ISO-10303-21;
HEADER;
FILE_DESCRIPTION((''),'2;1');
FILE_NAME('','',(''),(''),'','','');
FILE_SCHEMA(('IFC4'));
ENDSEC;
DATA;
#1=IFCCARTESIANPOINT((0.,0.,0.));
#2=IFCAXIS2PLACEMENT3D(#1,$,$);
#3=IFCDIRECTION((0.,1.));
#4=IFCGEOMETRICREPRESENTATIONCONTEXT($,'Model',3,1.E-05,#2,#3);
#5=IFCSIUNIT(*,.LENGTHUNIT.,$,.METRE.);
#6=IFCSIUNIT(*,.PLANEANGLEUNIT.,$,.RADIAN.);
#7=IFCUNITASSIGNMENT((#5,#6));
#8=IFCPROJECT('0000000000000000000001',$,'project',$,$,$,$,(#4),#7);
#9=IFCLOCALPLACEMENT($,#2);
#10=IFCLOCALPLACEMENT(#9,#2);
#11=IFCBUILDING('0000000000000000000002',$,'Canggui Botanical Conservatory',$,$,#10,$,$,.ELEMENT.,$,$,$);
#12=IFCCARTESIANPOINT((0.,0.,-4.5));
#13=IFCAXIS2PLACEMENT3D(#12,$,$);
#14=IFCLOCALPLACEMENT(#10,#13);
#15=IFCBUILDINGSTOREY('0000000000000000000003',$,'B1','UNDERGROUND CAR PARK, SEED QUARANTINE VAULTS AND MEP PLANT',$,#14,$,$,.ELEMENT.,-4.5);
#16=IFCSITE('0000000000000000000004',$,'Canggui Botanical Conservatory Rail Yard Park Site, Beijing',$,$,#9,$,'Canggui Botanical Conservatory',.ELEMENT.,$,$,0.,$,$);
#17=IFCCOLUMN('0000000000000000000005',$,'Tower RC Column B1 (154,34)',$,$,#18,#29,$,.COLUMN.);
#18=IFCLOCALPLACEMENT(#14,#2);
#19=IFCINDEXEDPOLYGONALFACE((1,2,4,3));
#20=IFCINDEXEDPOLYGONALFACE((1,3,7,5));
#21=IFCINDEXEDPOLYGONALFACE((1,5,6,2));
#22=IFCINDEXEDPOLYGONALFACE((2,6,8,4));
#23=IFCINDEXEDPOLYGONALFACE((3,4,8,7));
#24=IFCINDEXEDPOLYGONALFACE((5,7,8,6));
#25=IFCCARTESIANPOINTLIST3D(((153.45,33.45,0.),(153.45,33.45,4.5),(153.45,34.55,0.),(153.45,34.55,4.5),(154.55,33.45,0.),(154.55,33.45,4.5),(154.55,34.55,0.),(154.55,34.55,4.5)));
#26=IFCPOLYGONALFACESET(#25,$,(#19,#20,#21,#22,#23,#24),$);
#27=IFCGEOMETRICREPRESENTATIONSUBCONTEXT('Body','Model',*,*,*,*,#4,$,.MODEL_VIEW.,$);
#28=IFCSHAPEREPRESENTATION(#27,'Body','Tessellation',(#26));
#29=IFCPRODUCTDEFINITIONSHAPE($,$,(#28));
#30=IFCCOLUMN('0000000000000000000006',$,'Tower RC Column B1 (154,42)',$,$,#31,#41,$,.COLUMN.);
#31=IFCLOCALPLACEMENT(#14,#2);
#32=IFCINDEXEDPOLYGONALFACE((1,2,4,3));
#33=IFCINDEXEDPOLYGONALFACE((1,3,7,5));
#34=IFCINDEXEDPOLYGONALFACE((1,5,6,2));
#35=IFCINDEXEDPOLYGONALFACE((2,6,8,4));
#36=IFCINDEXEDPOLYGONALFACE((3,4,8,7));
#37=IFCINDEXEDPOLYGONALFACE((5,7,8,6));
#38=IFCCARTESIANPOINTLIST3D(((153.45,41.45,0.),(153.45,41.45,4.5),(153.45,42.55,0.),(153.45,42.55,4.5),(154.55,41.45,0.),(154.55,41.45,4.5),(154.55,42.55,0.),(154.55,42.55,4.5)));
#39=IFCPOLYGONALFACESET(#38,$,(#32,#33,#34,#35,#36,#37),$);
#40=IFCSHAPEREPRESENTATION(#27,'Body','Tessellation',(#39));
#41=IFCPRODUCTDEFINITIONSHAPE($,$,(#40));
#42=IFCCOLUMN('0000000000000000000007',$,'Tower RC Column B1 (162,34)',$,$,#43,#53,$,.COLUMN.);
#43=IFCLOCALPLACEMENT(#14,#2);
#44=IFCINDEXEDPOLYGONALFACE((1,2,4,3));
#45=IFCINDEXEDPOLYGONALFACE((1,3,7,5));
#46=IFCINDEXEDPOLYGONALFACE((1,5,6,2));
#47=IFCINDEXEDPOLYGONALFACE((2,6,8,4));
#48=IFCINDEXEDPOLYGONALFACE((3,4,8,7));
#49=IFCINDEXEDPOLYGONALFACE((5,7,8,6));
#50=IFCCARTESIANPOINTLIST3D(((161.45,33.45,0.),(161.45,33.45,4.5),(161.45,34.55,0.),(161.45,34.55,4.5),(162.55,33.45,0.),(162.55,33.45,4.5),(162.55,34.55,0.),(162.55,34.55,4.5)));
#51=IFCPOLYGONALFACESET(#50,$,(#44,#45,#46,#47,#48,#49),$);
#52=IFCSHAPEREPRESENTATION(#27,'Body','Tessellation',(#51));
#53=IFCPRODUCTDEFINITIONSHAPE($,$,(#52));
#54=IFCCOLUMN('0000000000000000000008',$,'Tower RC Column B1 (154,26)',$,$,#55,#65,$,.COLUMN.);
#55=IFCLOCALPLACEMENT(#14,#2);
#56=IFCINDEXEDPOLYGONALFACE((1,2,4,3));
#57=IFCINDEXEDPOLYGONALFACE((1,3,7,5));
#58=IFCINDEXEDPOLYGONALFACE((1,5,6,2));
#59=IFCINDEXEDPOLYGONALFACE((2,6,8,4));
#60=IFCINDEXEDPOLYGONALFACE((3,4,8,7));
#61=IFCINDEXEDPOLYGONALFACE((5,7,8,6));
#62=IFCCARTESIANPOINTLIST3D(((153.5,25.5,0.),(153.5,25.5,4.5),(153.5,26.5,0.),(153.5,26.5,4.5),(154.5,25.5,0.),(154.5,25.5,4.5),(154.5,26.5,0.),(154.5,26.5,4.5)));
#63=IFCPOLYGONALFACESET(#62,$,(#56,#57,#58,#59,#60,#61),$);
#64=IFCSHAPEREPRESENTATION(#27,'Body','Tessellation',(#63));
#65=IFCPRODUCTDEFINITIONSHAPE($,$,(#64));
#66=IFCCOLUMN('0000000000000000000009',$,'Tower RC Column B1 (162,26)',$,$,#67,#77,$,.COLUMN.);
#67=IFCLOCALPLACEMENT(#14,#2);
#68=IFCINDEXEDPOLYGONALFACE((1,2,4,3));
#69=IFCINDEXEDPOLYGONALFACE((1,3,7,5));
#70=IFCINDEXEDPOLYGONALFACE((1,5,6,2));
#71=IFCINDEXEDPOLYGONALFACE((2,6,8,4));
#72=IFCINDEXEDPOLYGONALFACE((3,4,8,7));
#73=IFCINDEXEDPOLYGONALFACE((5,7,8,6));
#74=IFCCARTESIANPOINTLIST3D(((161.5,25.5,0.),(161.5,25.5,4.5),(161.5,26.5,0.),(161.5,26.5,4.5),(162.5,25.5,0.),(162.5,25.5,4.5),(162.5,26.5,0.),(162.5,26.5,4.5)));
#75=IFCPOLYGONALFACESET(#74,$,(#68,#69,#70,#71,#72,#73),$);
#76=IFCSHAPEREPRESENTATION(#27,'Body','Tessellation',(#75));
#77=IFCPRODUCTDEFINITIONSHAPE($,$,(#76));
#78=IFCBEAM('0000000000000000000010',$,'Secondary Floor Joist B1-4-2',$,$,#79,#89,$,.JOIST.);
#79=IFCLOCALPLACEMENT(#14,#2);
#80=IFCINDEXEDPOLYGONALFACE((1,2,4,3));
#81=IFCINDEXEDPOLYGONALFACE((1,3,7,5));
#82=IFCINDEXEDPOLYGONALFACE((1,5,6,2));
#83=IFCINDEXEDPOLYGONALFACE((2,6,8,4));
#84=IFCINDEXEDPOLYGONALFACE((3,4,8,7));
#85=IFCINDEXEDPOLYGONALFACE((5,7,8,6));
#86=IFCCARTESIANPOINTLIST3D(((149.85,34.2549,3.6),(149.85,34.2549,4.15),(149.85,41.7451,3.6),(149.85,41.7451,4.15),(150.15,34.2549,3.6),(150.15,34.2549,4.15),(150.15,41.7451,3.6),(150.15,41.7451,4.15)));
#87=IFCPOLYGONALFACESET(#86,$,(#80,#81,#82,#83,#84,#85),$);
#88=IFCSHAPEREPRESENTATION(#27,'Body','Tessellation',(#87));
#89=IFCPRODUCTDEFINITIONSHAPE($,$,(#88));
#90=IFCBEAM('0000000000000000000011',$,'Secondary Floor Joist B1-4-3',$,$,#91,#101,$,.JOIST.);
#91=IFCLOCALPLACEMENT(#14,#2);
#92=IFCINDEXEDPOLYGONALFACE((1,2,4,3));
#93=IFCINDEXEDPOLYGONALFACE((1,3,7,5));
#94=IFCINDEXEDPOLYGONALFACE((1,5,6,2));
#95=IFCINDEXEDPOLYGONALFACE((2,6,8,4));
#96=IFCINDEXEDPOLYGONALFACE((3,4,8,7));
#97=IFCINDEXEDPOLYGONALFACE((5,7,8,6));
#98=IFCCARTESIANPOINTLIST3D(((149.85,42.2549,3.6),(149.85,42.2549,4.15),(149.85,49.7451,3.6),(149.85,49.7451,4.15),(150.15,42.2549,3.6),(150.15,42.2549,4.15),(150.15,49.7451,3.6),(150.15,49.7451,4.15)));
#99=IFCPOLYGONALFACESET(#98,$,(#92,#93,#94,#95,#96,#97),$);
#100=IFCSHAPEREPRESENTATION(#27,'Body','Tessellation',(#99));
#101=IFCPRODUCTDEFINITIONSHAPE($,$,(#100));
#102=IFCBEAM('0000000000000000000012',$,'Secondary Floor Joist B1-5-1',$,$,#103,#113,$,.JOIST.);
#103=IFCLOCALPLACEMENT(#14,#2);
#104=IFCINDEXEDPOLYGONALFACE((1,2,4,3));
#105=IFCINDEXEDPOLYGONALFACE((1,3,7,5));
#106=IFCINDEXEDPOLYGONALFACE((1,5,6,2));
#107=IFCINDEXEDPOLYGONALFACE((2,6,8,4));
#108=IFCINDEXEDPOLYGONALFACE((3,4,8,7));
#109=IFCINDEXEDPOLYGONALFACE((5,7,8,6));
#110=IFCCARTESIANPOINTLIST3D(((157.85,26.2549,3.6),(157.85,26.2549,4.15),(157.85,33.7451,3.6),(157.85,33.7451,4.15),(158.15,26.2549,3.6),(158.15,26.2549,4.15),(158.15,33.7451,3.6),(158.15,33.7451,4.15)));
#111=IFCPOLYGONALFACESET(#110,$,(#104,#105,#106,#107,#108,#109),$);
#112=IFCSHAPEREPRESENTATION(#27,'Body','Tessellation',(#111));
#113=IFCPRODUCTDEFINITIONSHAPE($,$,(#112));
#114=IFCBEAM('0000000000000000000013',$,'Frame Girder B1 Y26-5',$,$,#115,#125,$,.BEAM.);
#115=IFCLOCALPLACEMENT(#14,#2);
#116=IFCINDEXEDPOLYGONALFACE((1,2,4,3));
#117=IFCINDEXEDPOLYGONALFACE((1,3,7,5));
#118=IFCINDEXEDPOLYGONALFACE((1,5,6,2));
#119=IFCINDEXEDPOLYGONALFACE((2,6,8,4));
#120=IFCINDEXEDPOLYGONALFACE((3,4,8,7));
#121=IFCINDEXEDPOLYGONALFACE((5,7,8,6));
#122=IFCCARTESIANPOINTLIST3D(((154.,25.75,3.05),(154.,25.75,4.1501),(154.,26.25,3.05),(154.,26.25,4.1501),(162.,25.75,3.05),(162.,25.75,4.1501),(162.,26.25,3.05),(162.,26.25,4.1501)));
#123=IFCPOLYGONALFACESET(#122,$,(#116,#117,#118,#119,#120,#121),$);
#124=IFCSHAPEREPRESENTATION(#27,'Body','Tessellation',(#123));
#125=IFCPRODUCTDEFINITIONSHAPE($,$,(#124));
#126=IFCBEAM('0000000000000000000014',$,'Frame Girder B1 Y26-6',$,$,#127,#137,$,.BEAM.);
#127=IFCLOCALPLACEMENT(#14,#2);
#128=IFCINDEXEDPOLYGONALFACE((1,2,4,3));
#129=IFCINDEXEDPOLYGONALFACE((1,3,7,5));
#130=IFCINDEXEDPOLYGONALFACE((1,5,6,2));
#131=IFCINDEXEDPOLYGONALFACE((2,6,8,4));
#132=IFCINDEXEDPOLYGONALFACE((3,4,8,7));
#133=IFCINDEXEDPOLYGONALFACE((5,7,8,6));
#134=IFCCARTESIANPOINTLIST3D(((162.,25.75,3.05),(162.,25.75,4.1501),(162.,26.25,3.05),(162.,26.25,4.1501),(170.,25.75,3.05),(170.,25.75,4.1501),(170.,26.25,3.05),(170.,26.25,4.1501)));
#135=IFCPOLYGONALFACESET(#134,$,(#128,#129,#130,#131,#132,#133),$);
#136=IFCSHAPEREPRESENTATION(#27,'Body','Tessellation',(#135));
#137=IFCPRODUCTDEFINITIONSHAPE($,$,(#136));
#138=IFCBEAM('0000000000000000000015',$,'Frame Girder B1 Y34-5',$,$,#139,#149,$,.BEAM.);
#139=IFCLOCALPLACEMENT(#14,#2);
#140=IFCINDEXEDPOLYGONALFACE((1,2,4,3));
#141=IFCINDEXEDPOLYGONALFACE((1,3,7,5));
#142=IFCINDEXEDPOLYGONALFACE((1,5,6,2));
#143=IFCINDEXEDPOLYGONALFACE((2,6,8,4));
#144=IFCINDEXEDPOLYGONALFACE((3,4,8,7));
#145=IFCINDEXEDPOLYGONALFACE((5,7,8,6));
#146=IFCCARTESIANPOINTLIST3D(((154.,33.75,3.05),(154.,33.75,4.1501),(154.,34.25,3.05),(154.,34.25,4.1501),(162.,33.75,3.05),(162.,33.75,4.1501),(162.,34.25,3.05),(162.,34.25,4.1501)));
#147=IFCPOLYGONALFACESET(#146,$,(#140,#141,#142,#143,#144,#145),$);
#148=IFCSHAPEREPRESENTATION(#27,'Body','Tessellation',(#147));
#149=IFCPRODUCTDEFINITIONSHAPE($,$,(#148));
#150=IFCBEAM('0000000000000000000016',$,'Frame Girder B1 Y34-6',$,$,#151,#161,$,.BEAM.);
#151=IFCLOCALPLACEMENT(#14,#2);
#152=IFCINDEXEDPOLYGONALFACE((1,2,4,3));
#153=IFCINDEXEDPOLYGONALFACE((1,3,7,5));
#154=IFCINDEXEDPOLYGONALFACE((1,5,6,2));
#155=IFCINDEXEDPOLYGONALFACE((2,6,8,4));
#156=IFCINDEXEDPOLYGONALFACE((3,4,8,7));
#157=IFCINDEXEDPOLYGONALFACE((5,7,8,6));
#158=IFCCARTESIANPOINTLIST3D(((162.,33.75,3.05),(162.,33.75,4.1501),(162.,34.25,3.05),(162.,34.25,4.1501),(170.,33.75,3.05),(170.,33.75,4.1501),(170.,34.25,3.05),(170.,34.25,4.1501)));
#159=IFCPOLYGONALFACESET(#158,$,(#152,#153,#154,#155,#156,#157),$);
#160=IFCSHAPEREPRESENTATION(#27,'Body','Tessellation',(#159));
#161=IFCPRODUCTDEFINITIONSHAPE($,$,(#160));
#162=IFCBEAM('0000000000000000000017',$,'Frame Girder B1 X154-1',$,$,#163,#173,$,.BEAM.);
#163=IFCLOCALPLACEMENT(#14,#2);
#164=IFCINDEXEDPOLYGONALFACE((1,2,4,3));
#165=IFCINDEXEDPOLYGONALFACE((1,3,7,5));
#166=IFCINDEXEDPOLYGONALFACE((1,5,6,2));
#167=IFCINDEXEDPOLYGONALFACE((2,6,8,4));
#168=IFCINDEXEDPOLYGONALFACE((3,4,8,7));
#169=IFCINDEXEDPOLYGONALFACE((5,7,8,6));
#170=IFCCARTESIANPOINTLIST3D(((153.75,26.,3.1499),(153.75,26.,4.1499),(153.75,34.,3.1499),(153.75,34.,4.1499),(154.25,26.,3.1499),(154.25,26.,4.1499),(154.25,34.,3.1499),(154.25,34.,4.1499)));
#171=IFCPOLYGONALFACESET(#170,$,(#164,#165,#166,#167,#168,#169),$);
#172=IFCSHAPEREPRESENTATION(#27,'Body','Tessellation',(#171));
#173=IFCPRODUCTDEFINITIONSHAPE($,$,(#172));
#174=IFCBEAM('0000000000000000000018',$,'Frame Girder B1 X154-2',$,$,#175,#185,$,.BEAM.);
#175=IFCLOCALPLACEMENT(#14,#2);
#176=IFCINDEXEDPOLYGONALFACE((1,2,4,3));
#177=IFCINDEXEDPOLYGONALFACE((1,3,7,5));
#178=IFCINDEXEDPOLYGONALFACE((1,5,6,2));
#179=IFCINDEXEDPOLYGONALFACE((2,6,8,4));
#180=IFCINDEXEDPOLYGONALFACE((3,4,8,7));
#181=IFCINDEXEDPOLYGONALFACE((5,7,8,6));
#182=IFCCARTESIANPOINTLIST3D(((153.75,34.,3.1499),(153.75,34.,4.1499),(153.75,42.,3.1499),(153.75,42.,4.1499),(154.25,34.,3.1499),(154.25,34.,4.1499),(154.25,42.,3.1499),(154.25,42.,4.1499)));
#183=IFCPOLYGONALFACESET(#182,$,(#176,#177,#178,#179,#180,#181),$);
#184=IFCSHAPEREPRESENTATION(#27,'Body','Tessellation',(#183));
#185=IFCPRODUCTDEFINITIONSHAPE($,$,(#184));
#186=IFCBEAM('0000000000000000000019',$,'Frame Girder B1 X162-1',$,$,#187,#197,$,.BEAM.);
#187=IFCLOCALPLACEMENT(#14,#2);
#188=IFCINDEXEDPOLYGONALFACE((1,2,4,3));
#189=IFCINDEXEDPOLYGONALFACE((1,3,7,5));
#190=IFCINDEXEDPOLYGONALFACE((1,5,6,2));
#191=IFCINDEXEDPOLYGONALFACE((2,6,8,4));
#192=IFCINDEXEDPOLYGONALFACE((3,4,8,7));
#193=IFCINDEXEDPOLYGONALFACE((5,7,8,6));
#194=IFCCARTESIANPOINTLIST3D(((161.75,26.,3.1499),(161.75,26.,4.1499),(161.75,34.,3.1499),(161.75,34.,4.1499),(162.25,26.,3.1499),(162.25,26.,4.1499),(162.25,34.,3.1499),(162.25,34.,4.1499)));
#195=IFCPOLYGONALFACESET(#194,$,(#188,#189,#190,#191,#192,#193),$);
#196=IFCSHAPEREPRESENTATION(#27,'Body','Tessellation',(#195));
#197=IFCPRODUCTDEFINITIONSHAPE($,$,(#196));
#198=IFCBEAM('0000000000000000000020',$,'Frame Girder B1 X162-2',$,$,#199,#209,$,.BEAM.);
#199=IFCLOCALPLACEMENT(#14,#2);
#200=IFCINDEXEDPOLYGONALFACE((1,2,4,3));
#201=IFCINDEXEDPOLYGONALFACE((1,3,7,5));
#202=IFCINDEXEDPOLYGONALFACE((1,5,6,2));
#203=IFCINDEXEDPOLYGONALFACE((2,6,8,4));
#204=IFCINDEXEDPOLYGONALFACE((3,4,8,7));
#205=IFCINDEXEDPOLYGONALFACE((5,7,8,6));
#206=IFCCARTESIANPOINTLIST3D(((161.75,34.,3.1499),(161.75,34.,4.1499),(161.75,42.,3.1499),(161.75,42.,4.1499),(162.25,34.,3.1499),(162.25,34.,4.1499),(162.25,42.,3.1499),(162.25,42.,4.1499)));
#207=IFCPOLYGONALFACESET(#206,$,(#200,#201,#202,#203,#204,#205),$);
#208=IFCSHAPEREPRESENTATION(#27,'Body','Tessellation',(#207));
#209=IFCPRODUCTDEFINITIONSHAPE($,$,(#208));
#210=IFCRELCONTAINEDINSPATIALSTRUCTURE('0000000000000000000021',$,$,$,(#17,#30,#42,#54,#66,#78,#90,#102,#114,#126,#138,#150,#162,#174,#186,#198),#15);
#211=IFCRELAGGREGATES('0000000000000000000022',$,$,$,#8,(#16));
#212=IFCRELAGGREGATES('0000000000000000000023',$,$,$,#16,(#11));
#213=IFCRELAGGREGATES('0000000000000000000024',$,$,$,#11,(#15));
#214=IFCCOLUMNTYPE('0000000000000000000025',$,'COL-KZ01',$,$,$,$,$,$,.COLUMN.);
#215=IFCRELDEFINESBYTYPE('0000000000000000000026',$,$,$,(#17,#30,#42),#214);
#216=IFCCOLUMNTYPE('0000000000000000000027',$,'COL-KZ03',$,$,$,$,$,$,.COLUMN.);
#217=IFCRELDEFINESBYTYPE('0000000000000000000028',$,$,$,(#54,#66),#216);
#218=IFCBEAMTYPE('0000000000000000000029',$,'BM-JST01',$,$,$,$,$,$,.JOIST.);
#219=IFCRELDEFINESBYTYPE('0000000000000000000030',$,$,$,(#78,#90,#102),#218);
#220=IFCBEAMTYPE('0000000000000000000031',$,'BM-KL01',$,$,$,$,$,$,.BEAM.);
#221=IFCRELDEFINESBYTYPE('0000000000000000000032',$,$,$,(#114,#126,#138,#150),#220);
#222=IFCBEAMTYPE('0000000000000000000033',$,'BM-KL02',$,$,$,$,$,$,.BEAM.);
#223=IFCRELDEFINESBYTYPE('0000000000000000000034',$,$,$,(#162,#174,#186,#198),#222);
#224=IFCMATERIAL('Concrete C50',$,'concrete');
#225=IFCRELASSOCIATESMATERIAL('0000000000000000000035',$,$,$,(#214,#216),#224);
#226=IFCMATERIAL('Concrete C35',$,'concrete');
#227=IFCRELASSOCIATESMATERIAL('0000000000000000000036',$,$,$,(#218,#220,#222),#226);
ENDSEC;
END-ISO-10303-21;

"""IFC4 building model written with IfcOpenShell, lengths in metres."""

from ifc_helpers import new_model, si_unit, direction, frame, origin, origin_2d, place, context, subcontext, project, spatial, rectangle, extrude, material, material_profile, profile_set, type_object, element, save


model = new_model("IFC4")

# Units and contexts
model_context = context("Model", 3, precision=1e-05, world=origin(), true_north=direction((0.0, 1.0)))
body_context = subcontext(model_context, "Body", "Model", "MODEL_VIEW")
ifc_project = project(units=[si_unit("LENGTHUNIT", "METRE"), si_unit("PLANEANGLEUNIT", "RADIAN")], contexts=[model_context])

# Site, building, storey
site_placement = place(None, origin())
site = spatial("IfcSite", under=ifc_project, at=site_placement, Name="Canggui Botanical Conservatory Rail Yard Park Site, Beijing", LongName="Canggui Botanical Conservatory", CompositionType="ELEMENT", RefElevation=0.0)
building_placement = place(site_placement, origin())
building = spatial("IfcBuilding", under=site, at=building_placement, Name="Canggui Botanical Conservatory", CompositionType="ELEMENT")
storey_placement = place(building_placement, frame((0.0, 0.0, -4.5)))
storey = spatial("IfcBuildingStorey", under=building, at=storey_placement, Name="B1", Description="UNDERGROUND CAR PARK, SEED QUARANTINE VAULTS AND MEP PLANT", CompositionType="ELEMENT", Elevation=-4.5)

# Columns
ifc_material_1 = material(Name="Concrete C50", Category="concrete")
ifc_material_profile_1 = material_profile(ifc_material_1, rectangle(XDim=1.1001, YDim=1.1001, at=origin_2d()), Name="RC 1100x1100")
ifc_profile_set_1 = profile_set([ifc_material_profile_1], Name="Concrete C50")
column_type_1 = type_object("IfcColumnType", Name="COL-KZ01", PredefinedType="COLUMN", material=ifc_profile_set_1)
for number, where, z_axis, x_axis, name in (
    (1, (154.0, 34.0, 0.0), (0.0, 0.0, 1.0), (1.0, 0.0, 0.0), "Tower RC Column B1 (154,34)"),
    (2, (154.0, 42.0, 0.0), (0.0, 0.0, 1.0), (1.0, 0.0, 0.0), "Tower RC Column B1 (154,42)"),
    (3, (162.0, 34.0, 0.0), (0.0, 0.0, 1.0), (1.0, 0.0, 0.0), "Tower RC Column B1 (162,34)"),
):
    element("IfcColumn", number, at=place(storey_placement, frame(where, z_axis=z_axis, x_axis=x_axis)), inside=storey, type_object=column_type_1, Name=name, PredefinedType="COLUMN", context=body_context, shape_type="SweptSolid", body=[
        extrude(rectangle(XDim=1.1001, YDim=1.1001, at=origin_2d()), origin(), (0.0, 0.0, 1.0), 4.5),
    ])
ifc_material_profile_2 = material_profile(ifc_material_1, rectangle(XDim=1.0, YDim=1.0, at=origin_2d()), Name="RC 1000x1000")
ifc_profile_set_2 = profile_set([ifc_material_profile_2], Name="Concrete C50")
column_type_2 = type_object("IfcColumnType", Name="COL-KZ03", PredefinedType="COLUMN", material=ifc_profile_set_2)
for number, where, z_axis, x_axis, name in (
    (4, (154.0, 26.0, 0.0), (0.0, 0.0, 1.0), (1.0, 0.0, 0.0), "Tower RC Column B1 (154,26)"),
    (5, (162.0, 26.0, 0.0), (0.0, 0.0, 1.0), (1.0, 0.0, 0.0), "Tower RC Column B1 (162,26)"),
):
    element("IfcColumn", number, at=place(storey_placement, frame(where, z_axis=z_axis, x_axis=x_axis)), inside=storey, type_object=column_type_2, Name=name, PredefinedType="COLUMN", context=body_context, shape_type="SweptSolid", body=[
        extrude(rectangle(XDim=1.0, YDim=1.0, at=origin_2d()), origin(), (0.0, 0.0, 1.0), 4.5),
    ])

# Beams
ifc_material_2 = material(Name="Concrete C35", Category="concrete")
ifc_material_profile_3 = material_profile(ifc_material_2, rectangle(XDim=0.3, YDim=0.55, at=origin_2d()), Name="RB 300x550")
ifc_profile_set_3 = profile_set([ifc_material_profile_3], Name="Concrete C35")
beam_type_1 = type_object("IfcBeamType", Name="BM-JST01", PredefinedType="JOIST", material=ifc_profile_set_3)
for number, where, z_axis, x_axis, name in (
    (6, (150.0, 34.2549, 3.875), (0.0, 1.0, 0.0), (-1.0, 0.0, 0.0), "Secondary Floor Joist B1-4-2"),
    (7, (150.0, 42.2549, 3.875), (0.0, 1.0, 0.0), (-1.0, 0.0, 0.0), "Secondary Floor Joist B1-4-3"),
    (8, (158.0, 26.2549, 3.875), (0.0, 1.0, 0.0), (-1.0, 0.0, 0.0), "Secondary Floor Joist B1-5-1"),
):
    element("IfcBeam", number, at=place(storey_placement, frame(where, z_axis=z_axis, x_axis=x_axis)), inside=storey, type_object=beam_type_1, Name=name, PredefinedType="JOIST", context=body_context, shape_type="SweptSolid", body=[
        extrude(rectangle(XDim=0.3, YDim=0.55, at=origin_2d()), origin(), (0.0, 0.0, 1.0), 7.4902),
    ])
ifc_material_profile_4 = material_profile(ifc_material_2, rectangle(XDim=0.5, YDim=1.1001, at=origin_2d()), Name="RB 500x1100")
ifc_profile_set_4 = profile_set([ifc_material_profile_4], Name="Concrete C35")
beam_type_2 = type_object("IfcBeamType", Name="BM-KL01", PredefinedType="BEAM", material=ifc_profile_set_4)
for number, where, z_axis, x_axis, name in (
    (9, (154.0, 26.0, 3.6001), (1.0, 0.0, 0.0), (0.0, 1.0, 0.0), "Frame Girder B1 Y26-5"),
    (10, (162.0, 26.0, 3.6001), (1.0, 0.0, 0.0), (0.0, 1.0, 0.0), "Frame Girder B1 Y26-6"),
    (11, (154.0, 34.0, 3.6001), (1.0, 0.0, 0.0), (0.0, 1.0, 0.0), "Frame Girder B1 Y34-5"),
    (12, (162.0, 34.0, 3.6001), (1.0, 0.0, 0.0), (0.0, 1.0, 0.0), "Frame Girder B1 Y34-6"),
):
    element("IfcBeam", number, at=place(storey_placement, frame(where, z_axis=z_axis, x_axis=x_axis)), inside=storey, type_object=beam_type_2, Name=name, PredefinedType="BEAM", context=body_context, shape_type="SweptSolid", body=[
        extrude(rectangle(XDim=0.5, YDim=1.1001, at=origin_2d()), origin(), (0.0, 0.0, 1.0), 8.0),
    ])
ifc_material_profile_5 = material_profile(ifc_material_2, rectangle(XDim=0.5, YDim=1.0, at=origin_2d()), Name="RB 500x1000")
ifc_profile_set_5 = profile_set([ifc_material_profile_5], Name="Concrete C35")
beam_type_3 = type_object("IfcBeamType", Name="BM-KL02", PredefinedType="BEAM", material=ifc_profile_set_5)
for number, where, z_axis, x_axis, name in (
    (13, (154.0, 26.0, 3.6499), (0.0, 1.0, 0.0), (-1.0, 0.0, 0.0), "Frame Girder B1 X154-1"),
    (14, (154.0, 34.0, 3.6499), (0.0, 1.0, 0.0), (-1.0, 0.0, 0.0), "Frame Girder B1 X154-2"),
    (15, (162.0, 26.0, 3.6499), (0.0, 1.0, 0.0), (-1.0, 0.0, 0.0), "Frame Girder B1 X162-1"),
    (16, (162.0, 34.0, 3.6499), (0.0, 1.0, 0.0), (-1.0, 0.0, 0.0), "Frame Girder B1 X162-2"),
):
    element("IfcBeam", number, at=place(storey_placement, frame(where, z_axis=z_axis, x_axis=x_axis)), inside=storey, type_object=beam_type_3, Name=name, PredefinedType="BEAM", context=body_context, shape_type="SweptSolid", body=[
        extrude(rectangle(XDim=0.5, YDim=1.0, at=origin_2d()), origin(), (0.0, 0.0, 1.0), 8.0),
    ])

save(model, "model.ifc")
